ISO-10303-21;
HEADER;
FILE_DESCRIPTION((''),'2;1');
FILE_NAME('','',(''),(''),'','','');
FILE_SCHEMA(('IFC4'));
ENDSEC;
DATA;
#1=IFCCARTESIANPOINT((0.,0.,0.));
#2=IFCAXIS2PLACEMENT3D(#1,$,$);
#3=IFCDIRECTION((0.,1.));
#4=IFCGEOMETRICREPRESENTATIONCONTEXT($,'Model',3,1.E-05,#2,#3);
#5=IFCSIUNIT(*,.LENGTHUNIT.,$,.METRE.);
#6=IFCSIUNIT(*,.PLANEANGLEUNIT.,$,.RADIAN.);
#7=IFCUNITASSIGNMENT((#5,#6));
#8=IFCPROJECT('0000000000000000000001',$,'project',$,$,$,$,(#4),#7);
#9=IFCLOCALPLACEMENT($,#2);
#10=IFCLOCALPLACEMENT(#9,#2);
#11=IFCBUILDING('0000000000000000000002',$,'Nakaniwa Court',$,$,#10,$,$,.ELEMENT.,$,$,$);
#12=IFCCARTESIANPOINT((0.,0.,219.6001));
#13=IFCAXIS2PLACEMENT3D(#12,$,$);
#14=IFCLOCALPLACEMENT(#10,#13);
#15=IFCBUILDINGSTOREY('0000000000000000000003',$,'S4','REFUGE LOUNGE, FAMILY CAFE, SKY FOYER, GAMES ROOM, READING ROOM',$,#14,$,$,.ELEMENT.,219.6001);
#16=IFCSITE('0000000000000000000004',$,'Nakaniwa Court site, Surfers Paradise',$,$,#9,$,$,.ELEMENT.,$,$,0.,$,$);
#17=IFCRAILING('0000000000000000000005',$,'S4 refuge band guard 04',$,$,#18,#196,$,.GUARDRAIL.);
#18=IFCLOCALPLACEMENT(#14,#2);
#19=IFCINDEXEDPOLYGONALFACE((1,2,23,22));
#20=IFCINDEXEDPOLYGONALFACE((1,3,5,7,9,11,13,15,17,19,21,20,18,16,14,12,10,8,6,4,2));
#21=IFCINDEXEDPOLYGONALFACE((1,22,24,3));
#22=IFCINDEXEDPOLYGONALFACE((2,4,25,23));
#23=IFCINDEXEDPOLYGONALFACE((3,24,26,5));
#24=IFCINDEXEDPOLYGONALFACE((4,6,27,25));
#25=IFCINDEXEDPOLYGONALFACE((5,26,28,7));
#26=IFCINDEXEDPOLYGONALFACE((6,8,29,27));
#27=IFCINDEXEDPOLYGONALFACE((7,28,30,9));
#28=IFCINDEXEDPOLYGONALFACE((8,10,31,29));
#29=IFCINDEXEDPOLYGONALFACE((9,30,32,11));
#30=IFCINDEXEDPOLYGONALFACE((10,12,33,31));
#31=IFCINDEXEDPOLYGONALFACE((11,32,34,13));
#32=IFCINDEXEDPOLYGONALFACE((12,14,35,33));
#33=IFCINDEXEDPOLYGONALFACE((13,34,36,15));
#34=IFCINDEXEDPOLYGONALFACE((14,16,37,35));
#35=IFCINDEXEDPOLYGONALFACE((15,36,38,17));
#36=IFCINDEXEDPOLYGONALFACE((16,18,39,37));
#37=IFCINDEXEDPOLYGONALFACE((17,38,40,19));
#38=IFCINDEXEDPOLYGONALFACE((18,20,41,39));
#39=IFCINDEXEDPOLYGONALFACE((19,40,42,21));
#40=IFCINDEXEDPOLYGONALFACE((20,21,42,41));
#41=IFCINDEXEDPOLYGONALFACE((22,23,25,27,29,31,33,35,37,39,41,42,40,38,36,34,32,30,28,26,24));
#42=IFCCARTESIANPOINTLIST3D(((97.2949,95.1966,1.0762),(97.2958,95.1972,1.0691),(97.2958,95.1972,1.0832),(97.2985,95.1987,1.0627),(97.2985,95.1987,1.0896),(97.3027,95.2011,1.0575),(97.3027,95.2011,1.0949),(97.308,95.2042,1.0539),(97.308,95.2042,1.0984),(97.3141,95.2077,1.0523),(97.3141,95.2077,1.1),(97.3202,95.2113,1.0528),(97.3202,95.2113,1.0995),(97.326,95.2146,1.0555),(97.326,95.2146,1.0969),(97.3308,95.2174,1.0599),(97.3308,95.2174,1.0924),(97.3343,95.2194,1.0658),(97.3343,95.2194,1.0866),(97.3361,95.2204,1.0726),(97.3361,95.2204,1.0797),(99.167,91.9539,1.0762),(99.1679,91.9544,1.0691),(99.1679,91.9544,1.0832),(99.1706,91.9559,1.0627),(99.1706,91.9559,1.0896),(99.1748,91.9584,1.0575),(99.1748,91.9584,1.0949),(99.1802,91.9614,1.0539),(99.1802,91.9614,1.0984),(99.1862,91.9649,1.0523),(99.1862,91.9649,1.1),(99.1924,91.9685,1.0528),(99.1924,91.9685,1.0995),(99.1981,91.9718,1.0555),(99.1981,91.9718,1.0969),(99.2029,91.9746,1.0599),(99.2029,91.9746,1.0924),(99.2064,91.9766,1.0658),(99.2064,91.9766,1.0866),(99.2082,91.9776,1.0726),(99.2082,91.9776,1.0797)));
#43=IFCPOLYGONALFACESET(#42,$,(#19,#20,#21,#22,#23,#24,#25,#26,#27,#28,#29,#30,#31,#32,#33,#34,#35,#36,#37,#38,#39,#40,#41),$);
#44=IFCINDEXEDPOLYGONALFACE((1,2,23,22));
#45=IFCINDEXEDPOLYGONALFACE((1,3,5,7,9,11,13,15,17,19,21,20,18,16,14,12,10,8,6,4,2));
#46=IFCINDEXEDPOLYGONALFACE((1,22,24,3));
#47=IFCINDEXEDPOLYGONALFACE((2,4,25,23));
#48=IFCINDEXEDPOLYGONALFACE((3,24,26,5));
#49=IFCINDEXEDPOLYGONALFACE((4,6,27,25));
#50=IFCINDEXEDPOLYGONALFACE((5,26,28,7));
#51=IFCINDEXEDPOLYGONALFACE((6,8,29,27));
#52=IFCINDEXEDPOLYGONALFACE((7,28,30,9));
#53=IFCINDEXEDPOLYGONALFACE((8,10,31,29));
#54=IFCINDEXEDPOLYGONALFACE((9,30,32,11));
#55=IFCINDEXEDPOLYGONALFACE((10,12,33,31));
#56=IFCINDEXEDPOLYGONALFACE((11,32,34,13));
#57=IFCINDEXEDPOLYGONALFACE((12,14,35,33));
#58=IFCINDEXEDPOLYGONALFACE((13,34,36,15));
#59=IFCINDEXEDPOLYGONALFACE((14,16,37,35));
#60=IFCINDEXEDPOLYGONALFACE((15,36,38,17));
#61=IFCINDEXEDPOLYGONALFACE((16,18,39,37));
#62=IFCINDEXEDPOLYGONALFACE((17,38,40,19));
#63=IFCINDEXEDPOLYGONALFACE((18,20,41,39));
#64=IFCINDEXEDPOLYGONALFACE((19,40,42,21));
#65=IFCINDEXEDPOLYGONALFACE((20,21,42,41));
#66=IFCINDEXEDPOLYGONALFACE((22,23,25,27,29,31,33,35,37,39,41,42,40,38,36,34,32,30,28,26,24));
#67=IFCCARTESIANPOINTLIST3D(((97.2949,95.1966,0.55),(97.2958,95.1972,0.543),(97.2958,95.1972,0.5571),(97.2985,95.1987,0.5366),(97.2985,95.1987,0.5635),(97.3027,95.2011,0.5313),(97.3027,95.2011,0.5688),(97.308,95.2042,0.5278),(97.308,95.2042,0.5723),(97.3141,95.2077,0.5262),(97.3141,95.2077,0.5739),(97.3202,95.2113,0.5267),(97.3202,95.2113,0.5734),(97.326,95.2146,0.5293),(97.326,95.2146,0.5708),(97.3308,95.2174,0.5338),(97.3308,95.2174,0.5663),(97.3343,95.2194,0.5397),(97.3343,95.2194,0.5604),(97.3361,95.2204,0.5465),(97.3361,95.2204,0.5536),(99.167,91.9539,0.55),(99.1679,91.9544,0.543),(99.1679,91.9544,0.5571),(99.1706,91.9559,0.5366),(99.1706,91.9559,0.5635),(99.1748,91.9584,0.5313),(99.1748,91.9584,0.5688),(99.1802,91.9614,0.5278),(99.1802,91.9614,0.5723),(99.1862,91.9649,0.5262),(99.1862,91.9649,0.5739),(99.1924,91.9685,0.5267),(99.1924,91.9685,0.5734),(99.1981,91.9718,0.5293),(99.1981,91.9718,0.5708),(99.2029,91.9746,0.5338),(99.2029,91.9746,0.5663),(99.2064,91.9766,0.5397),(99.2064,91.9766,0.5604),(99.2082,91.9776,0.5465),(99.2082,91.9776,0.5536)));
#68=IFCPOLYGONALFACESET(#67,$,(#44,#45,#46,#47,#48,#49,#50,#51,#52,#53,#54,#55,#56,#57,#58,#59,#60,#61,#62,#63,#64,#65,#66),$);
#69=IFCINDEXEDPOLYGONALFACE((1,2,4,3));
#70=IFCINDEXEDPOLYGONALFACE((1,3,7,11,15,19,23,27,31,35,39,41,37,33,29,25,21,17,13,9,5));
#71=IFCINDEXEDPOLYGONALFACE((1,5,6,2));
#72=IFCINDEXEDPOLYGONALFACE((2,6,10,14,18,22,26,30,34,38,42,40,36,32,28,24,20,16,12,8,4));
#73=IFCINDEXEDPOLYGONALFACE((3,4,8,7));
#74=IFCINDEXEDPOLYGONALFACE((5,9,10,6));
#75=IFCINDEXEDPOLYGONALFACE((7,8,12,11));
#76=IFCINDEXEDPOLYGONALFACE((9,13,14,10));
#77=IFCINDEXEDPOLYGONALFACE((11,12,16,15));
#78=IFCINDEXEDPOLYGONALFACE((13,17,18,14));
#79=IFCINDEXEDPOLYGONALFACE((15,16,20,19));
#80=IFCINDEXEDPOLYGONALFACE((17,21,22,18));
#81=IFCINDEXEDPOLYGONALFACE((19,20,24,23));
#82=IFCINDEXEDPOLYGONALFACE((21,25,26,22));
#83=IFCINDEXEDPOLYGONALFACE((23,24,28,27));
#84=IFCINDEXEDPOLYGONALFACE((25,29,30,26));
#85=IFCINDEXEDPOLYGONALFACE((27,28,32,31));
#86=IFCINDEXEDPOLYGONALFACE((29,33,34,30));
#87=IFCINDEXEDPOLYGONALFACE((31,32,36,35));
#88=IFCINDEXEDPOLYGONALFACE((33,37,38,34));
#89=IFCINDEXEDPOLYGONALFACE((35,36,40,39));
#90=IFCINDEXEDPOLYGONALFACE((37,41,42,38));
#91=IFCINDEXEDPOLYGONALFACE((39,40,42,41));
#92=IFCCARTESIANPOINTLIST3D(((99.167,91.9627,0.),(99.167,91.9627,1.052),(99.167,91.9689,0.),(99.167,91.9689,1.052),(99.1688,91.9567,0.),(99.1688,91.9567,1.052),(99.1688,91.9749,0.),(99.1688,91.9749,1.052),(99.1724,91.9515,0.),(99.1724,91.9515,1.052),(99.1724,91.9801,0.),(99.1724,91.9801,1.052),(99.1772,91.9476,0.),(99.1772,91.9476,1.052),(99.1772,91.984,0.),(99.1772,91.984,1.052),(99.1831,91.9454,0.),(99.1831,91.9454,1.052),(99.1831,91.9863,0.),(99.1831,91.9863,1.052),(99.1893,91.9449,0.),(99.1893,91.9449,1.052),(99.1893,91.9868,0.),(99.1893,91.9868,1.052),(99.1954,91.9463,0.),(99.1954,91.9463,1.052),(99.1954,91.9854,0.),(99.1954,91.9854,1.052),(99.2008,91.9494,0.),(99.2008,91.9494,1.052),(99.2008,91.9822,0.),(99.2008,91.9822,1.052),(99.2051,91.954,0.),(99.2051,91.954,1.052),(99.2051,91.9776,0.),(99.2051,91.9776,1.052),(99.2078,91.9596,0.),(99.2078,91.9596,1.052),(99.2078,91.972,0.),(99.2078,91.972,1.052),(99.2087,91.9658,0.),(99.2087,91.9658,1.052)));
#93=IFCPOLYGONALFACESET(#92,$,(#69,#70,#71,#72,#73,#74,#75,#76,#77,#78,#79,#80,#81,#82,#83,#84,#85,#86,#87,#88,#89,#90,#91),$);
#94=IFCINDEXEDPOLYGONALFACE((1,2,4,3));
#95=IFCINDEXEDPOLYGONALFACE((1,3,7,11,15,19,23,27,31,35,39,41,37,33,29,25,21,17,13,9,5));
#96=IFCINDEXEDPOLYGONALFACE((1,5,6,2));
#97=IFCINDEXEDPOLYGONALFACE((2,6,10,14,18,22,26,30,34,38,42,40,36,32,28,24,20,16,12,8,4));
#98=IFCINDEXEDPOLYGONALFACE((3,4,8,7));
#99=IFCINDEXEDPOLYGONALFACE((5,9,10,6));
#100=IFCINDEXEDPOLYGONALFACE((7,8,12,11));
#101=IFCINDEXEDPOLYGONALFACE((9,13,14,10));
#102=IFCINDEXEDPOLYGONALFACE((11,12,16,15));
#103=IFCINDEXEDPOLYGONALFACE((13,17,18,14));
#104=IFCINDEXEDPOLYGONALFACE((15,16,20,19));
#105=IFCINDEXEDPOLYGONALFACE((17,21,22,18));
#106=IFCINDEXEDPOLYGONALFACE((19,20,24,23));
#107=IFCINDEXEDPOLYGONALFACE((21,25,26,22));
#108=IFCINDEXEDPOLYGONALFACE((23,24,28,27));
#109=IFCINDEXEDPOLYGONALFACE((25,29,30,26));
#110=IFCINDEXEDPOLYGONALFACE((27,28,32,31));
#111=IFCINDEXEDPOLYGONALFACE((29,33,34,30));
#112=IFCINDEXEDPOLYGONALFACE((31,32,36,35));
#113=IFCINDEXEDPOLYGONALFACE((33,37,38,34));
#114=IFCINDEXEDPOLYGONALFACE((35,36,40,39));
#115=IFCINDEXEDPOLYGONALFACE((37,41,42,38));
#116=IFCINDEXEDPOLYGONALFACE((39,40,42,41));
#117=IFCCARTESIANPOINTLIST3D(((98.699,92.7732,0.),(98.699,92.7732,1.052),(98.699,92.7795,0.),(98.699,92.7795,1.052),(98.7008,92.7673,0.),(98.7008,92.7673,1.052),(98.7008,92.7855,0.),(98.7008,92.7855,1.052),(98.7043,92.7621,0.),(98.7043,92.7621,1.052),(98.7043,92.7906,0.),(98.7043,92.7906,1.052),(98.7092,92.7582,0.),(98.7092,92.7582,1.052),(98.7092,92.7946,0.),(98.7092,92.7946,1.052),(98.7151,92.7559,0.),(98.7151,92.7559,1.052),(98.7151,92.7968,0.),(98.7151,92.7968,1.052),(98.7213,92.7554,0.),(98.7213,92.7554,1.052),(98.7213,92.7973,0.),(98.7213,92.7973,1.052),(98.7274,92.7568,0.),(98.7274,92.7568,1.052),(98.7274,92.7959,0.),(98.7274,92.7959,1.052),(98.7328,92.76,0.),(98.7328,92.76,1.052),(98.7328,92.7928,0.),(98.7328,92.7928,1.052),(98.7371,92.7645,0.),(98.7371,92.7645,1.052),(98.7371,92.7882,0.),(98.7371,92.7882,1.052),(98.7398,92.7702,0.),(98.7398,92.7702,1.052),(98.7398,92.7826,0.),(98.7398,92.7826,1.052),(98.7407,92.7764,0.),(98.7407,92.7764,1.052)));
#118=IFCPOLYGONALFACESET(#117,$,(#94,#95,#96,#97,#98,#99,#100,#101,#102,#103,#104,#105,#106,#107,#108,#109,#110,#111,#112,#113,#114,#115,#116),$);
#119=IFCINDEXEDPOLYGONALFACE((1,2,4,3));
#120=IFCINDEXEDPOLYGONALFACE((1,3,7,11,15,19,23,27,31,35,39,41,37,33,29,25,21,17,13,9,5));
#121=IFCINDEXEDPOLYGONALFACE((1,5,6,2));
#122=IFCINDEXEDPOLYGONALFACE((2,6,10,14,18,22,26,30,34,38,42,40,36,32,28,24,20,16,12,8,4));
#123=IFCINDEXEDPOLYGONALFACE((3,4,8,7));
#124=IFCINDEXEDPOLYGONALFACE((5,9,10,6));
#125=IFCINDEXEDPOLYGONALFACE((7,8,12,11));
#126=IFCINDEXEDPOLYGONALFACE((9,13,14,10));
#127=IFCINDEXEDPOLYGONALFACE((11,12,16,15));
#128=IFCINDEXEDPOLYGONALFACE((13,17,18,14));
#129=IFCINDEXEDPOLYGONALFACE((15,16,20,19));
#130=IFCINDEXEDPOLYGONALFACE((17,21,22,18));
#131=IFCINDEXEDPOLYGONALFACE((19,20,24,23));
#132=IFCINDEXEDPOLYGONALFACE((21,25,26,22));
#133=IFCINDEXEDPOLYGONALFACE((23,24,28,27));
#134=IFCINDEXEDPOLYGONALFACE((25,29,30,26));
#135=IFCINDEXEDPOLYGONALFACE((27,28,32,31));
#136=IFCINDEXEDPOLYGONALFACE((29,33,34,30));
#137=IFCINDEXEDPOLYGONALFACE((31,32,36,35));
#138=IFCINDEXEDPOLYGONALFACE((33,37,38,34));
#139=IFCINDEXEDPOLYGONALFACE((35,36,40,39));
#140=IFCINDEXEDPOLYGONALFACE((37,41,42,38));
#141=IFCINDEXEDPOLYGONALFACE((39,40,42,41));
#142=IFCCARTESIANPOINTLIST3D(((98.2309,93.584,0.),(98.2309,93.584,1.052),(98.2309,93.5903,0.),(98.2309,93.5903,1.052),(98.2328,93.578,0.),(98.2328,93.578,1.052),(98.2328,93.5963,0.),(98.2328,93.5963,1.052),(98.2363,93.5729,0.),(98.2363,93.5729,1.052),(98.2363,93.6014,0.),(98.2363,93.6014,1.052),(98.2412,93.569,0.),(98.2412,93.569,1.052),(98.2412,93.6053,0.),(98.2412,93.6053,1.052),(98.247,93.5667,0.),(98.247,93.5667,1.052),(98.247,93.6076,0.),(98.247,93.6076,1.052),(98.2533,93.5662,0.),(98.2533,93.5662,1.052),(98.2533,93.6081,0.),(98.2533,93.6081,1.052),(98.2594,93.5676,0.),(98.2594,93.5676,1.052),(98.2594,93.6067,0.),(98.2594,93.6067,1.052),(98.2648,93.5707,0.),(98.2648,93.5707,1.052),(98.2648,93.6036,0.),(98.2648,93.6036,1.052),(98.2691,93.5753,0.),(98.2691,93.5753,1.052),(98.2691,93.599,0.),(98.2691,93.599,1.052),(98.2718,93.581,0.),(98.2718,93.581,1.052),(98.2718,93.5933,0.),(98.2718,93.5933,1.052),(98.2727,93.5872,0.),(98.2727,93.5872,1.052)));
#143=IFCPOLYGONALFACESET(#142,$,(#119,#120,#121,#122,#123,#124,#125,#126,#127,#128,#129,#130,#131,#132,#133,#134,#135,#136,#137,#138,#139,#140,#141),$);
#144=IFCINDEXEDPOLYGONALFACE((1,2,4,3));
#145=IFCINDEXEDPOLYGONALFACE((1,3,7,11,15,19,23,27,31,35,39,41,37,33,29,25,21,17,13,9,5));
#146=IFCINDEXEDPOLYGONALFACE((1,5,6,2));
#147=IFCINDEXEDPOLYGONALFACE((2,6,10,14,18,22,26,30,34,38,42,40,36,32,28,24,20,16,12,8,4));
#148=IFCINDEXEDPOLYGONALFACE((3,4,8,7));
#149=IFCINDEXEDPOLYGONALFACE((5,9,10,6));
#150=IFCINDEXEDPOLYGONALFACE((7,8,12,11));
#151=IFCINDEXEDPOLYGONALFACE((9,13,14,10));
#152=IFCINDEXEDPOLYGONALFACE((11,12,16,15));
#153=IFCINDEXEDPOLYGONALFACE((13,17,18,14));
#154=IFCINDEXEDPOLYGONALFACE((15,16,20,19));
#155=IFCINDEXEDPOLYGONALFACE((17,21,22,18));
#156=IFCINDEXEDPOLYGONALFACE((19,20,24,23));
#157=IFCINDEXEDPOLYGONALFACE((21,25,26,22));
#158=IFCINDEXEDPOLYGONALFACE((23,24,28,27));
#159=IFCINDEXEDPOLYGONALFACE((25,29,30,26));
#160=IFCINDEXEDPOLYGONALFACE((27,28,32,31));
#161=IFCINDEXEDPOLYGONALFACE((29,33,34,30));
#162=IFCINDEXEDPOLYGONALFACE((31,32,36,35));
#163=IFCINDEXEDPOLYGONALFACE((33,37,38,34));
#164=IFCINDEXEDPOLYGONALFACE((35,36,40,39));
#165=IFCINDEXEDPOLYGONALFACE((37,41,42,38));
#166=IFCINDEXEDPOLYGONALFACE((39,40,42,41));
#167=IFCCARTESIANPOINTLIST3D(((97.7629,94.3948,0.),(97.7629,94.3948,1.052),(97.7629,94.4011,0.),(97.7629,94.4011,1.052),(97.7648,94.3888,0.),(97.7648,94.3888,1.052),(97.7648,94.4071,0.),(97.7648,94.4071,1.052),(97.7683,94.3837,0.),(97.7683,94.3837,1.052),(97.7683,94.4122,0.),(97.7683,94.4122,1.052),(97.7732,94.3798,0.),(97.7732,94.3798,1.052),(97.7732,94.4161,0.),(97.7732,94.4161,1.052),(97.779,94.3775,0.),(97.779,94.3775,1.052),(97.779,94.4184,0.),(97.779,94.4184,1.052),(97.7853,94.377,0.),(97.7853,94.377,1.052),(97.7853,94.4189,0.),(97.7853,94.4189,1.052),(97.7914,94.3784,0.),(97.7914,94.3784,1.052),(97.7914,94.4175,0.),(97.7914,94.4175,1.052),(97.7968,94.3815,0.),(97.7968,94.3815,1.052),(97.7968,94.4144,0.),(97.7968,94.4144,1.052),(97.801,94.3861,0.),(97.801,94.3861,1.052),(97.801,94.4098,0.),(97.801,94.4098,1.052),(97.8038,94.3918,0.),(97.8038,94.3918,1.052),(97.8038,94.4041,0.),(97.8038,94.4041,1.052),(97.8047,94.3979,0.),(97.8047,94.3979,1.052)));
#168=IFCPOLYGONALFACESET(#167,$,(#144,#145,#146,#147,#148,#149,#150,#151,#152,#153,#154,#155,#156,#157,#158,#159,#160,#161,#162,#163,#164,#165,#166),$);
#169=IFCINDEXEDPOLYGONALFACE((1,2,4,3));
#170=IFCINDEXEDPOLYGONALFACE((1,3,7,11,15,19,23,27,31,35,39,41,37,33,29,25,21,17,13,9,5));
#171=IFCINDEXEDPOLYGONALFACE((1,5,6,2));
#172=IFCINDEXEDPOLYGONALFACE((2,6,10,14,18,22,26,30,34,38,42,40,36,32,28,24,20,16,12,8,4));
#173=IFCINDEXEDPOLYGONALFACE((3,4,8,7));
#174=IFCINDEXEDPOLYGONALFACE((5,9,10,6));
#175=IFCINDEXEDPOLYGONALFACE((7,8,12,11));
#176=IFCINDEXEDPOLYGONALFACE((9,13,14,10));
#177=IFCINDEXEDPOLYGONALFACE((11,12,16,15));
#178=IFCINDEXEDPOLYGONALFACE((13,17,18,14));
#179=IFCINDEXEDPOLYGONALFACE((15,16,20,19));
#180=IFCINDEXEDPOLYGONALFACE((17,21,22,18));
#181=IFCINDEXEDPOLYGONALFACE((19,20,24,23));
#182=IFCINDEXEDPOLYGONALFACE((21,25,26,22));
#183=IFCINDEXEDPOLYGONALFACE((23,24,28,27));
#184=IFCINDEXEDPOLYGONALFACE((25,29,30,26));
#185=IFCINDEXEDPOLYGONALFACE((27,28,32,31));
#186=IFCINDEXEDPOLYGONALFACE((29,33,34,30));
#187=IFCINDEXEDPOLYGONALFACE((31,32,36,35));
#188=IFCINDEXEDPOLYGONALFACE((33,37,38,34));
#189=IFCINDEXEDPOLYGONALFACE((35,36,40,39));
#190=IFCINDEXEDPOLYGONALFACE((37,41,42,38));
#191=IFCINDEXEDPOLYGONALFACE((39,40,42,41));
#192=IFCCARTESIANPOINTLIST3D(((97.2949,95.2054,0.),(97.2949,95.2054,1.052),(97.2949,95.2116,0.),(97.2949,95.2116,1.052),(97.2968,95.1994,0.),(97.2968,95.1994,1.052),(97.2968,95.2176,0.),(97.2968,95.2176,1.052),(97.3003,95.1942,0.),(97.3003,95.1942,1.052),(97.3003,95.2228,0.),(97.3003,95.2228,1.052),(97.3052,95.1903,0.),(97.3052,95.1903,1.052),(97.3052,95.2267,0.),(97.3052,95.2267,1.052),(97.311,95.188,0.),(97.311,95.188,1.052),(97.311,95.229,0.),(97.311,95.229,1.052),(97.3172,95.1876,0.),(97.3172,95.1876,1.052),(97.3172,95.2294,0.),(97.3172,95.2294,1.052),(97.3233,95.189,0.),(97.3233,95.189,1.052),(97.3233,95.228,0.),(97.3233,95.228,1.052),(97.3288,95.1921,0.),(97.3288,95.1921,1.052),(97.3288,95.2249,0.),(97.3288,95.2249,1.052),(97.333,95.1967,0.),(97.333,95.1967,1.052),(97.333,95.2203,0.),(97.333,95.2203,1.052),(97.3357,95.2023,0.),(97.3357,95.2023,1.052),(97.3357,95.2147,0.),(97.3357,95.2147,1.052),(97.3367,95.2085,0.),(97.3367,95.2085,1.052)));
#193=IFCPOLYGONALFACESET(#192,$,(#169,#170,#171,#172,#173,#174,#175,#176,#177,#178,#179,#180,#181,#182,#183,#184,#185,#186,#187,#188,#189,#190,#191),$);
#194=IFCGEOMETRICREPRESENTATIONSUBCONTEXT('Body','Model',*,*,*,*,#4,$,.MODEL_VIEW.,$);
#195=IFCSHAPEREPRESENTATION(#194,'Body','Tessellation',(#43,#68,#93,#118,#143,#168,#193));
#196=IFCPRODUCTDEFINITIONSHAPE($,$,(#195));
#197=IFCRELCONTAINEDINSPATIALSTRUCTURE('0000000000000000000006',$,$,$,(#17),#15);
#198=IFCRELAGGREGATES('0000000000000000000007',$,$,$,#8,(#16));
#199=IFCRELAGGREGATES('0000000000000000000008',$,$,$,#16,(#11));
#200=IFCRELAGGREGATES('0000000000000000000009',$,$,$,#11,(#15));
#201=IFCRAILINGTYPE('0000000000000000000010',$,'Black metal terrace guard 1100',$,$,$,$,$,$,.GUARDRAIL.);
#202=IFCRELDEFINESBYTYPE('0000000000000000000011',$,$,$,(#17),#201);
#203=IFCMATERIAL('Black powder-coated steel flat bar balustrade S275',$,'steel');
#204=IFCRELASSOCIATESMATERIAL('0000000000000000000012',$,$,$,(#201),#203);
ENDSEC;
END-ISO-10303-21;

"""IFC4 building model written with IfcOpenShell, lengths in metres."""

from ifc_helpers import new_model, si_unit, direction, frame, origin, origin_2d, place, context, subcontext, project, spatial, circle, extrude, material, type_object, element, save


model = new_model("IFC4")

# Units and contexts
model_context = context("Model", 3, precision=1e-05, world=origin(), true_north=direction((0.0, 1.0)))
body_context = subcontext(model_context, "Body", "Model", "MODEL_VIEW")
ifc_project = project(units=[si_unit("LENGTHUNIT", "METRE"), si_unit("PLANEANGLEUNIT", "RADIAN")], contexts=[model_context])

# Site, building, storey
site_placement = place(None, origin())
site = spatial("IfcSite", under=ifc_project, at=site_placement, Name="Nakaniwa Court site, Surfers Paradise", CompositionType="ELEMENT", RefElevation=0.0)
building_placement = place(site_placement, origin())
building = spatial("IfcBuilding", under=site, at=building_placement, Name="Nakaniwa Court", CompositionType="ELEMENT")
storey_placement = place(building_placement, frame((0.0, 0.0, 219.6001)))
storey = spatial("IfcBuildingStorey", under=building, at=storey_placement, Name="S4", Description="REFUGE LOUNGE, FAMILY CAFE, SKY FOYER, GAMES ROOM, READING ROOM", CompositionType="ELEMENT", Elevation=219.6001)

# Railing
ifc_material_1 = material(Name="Black powder-coated steel flat bar balustrade S275", Category="steel")
railing_type = type_object("IfcRailingType", Name="Black metal terrace guard 1100", PredefinedType="GUARDRAIL", material=ifc_material_1)
railing_1_placement = place(storey_placement, frame((99.1877, 91.9658, 0.0)))
element("IfcRailing", 1, at=railing_1_placement, inside=storey, type_object=railing_type, Name="S4 refuge band guard 04", PredefinedType="GUARDRAIL", context=body_context, shape_type="SweptSolid", body=[
    extrude(circle(Radius=0.0239, at=origin_2d()), frame((0.0, 0.0, 1.0762), z_axis=(-0.499982, 0.866036, 0.0), x_axis=(-0.866036, -0.499982, 0.0)), (0.0, 0.0, 1.0), 3.7444),
    extrude(circle(Radius=0.0239, at=origin_2d()), frame((0.0, 0.0, 0.55), z_axis=(-0.499982, 0.866036, 0.0), x_axis=(-0.866036, -0.499982, 0.0)), (0.0, 0.0, 1.0), 3.7444),
    extrude(circle(Radius=0.021, at=origin_2d()), origin(), (0.0, 0.0, 1.0), 1.052),
    extrude(circle(Radius=0.021, at=origin_2d()), frame((-0.468, 0.8105, 0.0)), (0.0, 0.0, 1.0), 1.052),
    extrude(circle(Radius=0.021, at=origin_2d()), frame((-0.936, 1.6213, 0.0)), (0.0, 0.0, 1.0), 1.052),
    extrude(circle(Radius=0.021, at=origin_2d()), frame((-1.4041, 2.4321, 0.0)), (0.0, 0.0, 1.0), 1.052),
    extrude(circle(Radius=0.021, at=origin_2d()), frame((-1.8721, 3.2427, 0.0)), (0.0, 0.0, 1.0), 1.052),
])

save(model, "model.ifc")
